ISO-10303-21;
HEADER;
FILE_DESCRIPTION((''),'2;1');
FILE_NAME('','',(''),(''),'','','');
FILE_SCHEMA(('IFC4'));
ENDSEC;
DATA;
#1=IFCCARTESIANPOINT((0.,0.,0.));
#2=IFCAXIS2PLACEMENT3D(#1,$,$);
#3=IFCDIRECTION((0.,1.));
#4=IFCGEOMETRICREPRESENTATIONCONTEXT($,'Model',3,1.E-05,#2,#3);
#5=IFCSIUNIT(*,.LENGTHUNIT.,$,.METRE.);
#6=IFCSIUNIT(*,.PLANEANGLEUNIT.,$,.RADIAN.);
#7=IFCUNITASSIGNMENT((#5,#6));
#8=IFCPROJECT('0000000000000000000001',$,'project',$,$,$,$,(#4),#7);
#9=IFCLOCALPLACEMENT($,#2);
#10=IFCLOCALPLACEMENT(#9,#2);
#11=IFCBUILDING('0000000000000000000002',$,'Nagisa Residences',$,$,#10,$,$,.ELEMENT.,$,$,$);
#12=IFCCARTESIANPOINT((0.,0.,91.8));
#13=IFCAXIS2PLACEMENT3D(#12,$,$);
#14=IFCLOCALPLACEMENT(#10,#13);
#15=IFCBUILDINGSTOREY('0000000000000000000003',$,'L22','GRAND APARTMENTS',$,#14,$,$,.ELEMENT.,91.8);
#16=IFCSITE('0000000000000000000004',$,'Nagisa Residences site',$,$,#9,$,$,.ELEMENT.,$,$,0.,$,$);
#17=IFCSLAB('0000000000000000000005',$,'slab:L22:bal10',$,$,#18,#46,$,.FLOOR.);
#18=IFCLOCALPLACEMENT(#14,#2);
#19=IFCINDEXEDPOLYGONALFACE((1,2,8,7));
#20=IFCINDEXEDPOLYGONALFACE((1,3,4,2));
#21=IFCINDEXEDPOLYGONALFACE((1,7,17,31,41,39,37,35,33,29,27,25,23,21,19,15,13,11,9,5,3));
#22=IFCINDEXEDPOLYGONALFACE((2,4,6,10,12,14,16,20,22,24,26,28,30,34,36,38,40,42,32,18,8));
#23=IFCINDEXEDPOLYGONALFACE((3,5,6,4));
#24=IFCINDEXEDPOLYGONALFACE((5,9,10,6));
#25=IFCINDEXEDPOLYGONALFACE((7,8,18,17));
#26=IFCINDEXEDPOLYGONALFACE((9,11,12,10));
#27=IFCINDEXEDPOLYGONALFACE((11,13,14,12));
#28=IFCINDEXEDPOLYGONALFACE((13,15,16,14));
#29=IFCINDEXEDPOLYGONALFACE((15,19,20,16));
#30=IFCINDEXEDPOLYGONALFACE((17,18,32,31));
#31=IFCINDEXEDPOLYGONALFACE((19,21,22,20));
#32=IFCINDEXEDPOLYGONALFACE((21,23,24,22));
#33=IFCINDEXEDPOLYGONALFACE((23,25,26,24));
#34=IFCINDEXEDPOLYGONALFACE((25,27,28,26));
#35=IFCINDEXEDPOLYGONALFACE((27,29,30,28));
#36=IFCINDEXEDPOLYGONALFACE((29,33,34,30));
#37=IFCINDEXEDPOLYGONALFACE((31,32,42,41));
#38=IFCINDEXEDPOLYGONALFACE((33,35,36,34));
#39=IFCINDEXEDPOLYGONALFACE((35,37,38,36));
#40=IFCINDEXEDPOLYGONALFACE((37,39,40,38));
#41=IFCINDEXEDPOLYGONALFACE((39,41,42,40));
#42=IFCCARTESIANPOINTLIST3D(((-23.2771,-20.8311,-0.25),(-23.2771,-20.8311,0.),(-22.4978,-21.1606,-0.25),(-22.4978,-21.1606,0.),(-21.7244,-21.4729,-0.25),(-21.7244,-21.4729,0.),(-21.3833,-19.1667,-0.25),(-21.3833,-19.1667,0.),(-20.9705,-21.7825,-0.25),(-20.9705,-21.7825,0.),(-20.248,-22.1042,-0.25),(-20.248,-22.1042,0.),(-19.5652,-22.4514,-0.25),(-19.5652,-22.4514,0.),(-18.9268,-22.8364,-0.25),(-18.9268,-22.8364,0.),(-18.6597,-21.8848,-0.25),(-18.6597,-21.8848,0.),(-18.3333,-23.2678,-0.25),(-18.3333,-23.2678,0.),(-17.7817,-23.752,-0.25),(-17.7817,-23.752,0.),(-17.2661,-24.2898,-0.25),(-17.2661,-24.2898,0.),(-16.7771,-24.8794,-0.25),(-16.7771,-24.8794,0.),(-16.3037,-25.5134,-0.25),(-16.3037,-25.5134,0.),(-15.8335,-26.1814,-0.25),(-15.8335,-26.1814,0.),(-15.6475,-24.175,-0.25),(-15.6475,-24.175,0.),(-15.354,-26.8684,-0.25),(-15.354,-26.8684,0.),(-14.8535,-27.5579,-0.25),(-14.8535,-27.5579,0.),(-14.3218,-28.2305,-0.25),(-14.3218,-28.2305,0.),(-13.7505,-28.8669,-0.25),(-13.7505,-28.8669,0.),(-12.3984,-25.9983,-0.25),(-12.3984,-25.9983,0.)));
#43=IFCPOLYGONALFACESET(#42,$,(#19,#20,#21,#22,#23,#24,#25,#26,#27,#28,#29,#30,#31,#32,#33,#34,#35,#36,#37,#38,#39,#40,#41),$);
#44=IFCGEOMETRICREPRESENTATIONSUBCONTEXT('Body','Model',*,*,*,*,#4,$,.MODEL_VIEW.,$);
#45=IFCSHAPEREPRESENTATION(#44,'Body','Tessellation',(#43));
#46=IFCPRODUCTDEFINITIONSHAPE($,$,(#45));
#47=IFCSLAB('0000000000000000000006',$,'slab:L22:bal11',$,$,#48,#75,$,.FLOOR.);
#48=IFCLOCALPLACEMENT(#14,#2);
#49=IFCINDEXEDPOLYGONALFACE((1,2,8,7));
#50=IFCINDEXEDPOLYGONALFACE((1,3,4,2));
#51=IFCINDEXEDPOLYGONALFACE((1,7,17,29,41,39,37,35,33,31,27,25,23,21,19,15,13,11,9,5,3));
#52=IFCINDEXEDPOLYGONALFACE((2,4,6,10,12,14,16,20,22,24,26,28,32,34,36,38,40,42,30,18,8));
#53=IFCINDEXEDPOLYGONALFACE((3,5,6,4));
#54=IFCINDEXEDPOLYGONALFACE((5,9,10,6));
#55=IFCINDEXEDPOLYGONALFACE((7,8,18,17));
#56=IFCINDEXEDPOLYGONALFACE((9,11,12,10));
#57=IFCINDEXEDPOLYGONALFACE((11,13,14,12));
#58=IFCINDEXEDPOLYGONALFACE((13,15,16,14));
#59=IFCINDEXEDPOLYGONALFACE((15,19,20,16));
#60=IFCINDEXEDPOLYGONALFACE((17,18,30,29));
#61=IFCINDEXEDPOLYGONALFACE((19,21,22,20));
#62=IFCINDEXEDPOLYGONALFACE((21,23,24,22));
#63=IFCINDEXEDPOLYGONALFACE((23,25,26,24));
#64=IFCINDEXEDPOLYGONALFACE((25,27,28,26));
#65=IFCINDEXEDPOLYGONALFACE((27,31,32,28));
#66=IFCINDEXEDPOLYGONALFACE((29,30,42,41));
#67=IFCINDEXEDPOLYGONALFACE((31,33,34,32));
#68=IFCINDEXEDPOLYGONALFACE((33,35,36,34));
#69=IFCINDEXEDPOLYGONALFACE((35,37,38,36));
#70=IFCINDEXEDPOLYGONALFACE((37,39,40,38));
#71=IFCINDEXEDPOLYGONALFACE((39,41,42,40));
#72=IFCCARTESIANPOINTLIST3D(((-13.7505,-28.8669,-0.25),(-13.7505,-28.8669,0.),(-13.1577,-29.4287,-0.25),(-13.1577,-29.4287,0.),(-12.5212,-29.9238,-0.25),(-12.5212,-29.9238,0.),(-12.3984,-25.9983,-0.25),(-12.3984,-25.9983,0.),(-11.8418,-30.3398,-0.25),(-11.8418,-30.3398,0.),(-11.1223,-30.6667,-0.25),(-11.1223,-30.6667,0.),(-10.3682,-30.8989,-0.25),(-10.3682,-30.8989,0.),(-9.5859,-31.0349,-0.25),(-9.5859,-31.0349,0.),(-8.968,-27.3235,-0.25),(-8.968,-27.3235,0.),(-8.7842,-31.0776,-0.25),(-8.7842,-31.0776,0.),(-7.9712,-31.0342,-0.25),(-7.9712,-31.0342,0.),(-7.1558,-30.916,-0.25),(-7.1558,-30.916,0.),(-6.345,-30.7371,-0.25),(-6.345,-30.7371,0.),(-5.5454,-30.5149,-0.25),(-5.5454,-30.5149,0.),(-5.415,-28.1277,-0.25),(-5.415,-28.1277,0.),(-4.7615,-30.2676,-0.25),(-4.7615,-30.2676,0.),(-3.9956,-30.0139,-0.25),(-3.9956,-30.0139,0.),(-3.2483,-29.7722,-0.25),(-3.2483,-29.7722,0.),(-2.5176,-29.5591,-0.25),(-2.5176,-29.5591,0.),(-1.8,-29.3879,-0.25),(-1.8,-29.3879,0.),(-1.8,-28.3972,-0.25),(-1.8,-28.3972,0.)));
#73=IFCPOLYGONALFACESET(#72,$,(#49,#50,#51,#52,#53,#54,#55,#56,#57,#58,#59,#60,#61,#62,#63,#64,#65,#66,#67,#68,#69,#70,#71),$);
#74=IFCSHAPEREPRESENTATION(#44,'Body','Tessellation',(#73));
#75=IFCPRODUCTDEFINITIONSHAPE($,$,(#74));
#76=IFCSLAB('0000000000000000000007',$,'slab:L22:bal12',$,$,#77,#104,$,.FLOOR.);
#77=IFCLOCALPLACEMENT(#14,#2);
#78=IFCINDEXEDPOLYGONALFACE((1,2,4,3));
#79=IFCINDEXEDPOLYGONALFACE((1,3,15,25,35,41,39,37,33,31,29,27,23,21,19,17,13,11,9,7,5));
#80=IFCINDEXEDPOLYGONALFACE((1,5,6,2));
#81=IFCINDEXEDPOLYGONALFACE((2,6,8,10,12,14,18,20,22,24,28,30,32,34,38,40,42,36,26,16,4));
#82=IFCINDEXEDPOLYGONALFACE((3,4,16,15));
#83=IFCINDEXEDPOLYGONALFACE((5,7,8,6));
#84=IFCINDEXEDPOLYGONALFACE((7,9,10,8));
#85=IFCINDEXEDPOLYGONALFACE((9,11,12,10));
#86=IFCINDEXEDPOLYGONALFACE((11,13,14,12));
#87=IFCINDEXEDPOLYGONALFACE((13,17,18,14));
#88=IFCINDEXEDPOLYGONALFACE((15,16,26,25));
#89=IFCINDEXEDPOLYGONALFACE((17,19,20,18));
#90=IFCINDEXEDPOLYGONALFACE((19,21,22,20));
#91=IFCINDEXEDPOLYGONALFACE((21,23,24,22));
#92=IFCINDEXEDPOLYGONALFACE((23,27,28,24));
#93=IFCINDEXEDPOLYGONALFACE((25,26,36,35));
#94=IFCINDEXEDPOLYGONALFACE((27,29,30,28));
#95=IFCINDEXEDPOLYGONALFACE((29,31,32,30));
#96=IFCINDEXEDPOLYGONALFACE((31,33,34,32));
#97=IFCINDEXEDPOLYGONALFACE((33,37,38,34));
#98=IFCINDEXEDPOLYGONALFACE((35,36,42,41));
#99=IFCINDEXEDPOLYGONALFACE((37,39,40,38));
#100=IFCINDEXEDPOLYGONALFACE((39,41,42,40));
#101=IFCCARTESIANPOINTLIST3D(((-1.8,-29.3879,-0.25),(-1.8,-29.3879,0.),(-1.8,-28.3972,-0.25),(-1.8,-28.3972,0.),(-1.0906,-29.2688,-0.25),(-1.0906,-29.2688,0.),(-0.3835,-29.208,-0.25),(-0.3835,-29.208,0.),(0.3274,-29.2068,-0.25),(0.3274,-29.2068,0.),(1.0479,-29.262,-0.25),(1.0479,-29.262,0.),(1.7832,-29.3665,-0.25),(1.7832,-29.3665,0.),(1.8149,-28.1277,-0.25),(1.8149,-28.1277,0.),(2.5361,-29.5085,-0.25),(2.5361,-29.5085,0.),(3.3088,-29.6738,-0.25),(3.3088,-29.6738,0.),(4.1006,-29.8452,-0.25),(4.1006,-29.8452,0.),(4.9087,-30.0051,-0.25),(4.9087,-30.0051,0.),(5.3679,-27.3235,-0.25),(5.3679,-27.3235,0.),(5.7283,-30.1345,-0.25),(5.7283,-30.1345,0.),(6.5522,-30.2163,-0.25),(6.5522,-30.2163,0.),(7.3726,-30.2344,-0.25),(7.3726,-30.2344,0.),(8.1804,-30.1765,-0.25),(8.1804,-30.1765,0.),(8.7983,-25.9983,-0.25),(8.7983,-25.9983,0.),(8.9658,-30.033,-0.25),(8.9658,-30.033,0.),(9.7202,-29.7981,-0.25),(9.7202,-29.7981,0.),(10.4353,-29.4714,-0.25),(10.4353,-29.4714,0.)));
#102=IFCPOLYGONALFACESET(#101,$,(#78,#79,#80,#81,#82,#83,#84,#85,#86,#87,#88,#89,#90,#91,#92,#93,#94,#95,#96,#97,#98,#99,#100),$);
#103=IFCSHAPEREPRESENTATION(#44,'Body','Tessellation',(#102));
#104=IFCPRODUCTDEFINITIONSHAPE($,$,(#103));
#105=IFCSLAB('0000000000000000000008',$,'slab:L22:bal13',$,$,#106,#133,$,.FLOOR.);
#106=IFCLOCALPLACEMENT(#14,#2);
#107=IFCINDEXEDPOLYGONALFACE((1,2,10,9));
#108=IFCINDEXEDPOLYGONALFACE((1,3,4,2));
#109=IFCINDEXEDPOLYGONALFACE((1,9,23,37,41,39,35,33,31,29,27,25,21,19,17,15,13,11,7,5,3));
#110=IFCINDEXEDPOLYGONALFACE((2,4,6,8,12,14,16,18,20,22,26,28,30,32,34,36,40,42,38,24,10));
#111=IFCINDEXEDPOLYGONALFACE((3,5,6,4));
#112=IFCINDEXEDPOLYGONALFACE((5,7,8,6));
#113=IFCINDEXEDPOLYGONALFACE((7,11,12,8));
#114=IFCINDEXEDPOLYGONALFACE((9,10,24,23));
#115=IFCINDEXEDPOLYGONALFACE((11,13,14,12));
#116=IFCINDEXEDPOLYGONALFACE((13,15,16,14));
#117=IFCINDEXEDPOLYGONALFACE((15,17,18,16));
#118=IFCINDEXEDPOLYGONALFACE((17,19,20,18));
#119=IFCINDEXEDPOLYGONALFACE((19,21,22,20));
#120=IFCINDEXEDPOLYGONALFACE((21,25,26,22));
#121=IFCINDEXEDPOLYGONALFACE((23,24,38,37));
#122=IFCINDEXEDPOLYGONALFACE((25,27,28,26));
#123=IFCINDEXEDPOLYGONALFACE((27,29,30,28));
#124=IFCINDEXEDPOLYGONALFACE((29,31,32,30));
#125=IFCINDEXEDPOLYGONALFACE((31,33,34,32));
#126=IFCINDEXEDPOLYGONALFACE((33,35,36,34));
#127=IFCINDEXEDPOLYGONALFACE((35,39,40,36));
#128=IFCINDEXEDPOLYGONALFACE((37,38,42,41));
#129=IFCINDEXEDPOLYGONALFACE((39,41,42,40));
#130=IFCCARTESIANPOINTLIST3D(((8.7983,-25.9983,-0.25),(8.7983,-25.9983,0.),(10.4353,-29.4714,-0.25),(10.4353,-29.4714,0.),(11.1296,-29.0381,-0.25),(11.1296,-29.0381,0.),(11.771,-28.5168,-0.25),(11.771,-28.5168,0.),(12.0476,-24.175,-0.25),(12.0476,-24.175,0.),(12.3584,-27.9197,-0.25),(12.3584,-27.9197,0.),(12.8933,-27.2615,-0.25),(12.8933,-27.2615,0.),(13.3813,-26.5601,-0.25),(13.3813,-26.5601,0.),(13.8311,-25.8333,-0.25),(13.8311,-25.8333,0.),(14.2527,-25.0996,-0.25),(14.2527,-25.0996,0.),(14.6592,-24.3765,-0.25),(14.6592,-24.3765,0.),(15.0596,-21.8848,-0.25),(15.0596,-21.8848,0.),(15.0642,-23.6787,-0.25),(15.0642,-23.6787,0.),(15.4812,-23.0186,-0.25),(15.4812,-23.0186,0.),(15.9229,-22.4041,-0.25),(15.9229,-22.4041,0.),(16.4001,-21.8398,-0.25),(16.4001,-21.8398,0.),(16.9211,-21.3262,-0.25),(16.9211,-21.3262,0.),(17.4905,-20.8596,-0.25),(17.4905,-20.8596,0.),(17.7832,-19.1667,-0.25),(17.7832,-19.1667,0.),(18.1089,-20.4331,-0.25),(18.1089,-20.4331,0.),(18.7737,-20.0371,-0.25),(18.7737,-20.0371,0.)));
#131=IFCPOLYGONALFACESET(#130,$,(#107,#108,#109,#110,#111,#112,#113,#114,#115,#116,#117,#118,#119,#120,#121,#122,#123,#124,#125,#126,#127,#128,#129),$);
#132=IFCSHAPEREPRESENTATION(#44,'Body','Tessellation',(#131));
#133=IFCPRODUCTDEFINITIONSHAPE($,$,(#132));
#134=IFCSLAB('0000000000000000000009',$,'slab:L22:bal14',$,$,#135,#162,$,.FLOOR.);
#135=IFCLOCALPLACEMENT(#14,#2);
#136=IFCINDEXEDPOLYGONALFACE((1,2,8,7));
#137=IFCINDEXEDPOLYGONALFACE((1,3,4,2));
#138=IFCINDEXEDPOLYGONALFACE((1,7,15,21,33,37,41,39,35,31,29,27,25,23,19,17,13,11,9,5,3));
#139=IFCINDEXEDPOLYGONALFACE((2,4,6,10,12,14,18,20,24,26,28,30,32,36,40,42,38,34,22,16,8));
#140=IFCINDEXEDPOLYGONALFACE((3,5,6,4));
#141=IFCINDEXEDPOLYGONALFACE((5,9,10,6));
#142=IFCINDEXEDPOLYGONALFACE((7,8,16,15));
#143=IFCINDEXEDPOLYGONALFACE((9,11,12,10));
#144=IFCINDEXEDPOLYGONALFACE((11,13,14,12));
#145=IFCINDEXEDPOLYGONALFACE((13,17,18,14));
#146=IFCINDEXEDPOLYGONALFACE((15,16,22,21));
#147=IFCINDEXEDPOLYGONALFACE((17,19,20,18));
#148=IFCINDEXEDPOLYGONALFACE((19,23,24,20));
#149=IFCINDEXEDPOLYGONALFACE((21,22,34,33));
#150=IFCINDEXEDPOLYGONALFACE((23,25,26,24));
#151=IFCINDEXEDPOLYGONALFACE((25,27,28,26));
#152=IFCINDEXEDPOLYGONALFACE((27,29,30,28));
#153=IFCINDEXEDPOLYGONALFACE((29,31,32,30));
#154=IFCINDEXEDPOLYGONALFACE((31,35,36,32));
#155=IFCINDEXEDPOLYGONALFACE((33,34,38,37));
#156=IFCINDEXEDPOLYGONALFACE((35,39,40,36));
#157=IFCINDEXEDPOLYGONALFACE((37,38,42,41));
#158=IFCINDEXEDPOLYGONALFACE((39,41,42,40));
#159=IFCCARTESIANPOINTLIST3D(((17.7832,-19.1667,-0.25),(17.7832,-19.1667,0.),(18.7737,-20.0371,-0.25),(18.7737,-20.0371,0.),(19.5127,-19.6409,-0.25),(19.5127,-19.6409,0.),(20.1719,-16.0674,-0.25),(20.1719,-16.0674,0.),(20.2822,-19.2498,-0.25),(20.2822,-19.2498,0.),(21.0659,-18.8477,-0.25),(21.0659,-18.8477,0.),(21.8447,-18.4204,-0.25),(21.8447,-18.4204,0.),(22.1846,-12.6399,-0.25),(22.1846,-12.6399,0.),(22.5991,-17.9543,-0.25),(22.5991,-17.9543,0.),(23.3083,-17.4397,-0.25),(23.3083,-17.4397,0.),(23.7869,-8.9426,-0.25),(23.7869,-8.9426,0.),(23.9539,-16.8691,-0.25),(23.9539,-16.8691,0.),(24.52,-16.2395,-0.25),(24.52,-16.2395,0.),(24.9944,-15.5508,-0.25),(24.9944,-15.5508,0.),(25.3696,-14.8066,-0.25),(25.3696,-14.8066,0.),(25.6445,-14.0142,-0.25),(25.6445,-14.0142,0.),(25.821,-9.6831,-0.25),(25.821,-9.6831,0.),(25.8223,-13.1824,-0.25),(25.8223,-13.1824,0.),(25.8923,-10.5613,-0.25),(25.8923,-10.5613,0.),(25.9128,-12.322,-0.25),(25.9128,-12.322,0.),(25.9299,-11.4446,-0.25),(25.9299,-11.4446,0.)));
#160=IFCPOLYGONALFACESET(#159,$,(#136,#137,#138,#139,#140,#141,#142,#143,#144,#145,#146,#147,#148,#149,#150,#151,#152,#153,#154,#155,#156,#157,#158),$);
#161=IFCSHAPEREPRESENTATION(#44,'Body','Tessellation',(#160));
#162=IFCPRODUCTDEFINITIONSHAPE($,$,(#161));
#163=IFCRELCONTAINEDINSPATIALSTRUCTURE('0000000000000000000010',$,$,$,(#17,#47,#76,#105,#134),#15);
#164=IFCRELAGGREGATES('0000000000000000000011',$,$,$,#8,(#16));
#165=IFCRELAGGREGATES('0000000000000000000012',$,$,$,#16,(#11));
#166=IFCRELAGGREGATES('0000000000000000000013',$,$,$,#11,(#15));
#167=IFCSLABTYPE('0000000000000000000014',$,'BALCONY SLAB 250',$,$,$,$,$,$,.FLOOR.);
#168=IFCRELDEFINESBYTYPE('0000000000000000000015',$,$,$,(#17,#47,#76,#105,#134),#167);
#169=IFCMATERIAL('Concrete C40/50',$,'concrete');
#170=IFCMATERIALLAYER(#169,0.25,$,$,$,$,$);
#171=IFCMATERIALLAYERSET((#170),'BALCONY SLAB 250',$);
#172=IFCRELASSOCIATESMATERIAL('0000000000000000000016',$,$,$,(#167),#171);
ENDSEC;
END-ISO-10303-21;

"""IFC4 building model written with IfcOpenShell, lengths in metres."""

from ifc_helpers import new_model, si_unit, direction, frame, origin, place, context, subcontext, project, spatial, polyline, outline, extrude, material, layer, layer_set, type_object, element, save


model = new_model("IFC4")

# Units and contexts
model_context = context("Model", 3, precision=1e-05, world=origin(), true_north=direction((0.0, 1.0)))
body_context = subcontext(model_context, "Body", "Model", "MODEL_VIEW")
ifc_project = project(units=[si_unit("LENGTHUNIT", "METRE"), si_unit("PLANEANGLEUNIT", "RADIAN")], contexts=[model_context])

# Site, building, storey
site_placement = place(None, origin())
site = spatial("IfcSite", under=ifc_project, at=site_placement, Name="Nagisa Residences site", CompositionType="ELEMENT", RefElevation=0.0)
building_placement = place(site_placement, origin())
building = spatial("IfcBuilding", under=site, at=building_placement, Name="Nagisa Residences", CompositionType="ELEMENT")
storey_placement = place(building_placement, frame((0.0, 0.0, 91.8)))
storey = spatial("IfcBuildingStorey", under=building, at=storey_placement, Name="L22", Description="GRAND APARTMENTS", CompositionType="ELEMENT", Elevation=91.8)

# Slabs
ifc_material_1 = material(Name="Concrete C40/50", Category="concrete")
ifc_layer_1 = layer(ifc_material_1, 0.25)
ifc_layer_set_1 = layer_set([ifc_layer_1], Name="BALCONY SLAB 250")
slab_type = type_object("IfcSlabType", Name="BALCONY SLAB 250", PredefinedType="FLOOR", material=ifc_layer_set_1)
slab_1_placement = place(storey_placement, frame((0.0, 0.0, -0.25)))
element("IfcSlab", 1, at=slab_1_placement, inside=storey, type_object=slab_type, Name="slab:L22:bal10", PredefinedType="FLOOR", context=body_context, shape_type="SweptSolid", body=[
    extrude(outline(polyline([(-23.2771, -20.8311), (-22.4978, -21.1606), (-21.7244, -21.4729), (-20.9705, -21.7825), (-20.248, -22.1042), (-19.5652, -22.4514), (-18.9268, -22.8364), (-18.3333, -23.2678), (-17.7817, -23.752), (-17.2661, -24.2898), (-16.7771, -24.8794), (-16.3037, -25.5134), (-15.8335, -26.1814), (-15.354, -26.8684), (-14.8535, -27.5579), (-14.3218, -28.2305), (-13.7505, -28.8669), (-12.3984, -25.9983), (-15.6475, -24.175), (-18.6597, -21.8848), (-21.3833, -19.1667), (-23.2771, -20.8311)])), origin(), (0.0, 0.0, 1.0), 0.25),
])
slab_2_placement = place(storey_placement, frame((0.0, 0.0, -0.25)))
element("IfcSlab", 2, at=slab_2_placement, inside=storey, type_object=slab_type, Name="slab:L22:bal11", PredefinedType="FLOOR", context=body_context, shape_type="SweptSolid", body=[
    extrude(outline(polyline([(-13.7505, -28.8669), (-13.1577, -29.4287), (-12.5212, -29.9238), (-11.8418, -30.3398), (-11.1223, -30.6667), (-10.3682, -30.8989), (-9.5859, -31.0349), (-8.7842, -31.0776), (-7.9712, -31.0342), (-7.1558, -30.916), (-6.345, -30.7371), (-5.5454, -30.5149), (-4.7615, -30.2676), (-3.9956, -30.0139), (-3.2483, -29.7722), (-2.5176, -29.5591), (-1.8, -29.3879), (-1.8, -28.3972), (-5.415, -28.1277), (-8.968, -27.3235), (-12.3984, -25.9983), (-13.7505, -28.8669)])), origin(), (0.0, 0.0, 1.0), 0.25),
])
slab_3_placement = place(storey_placement, frame((0.0, 0.0, -0.25)))
element("IfcSlab", 3, at=slab_3_placement, inside=storey, type_object=slab_type, Name="slab:L22:bal12", PredefinedType="FLOOR", context=body_context, shape_type="SweptSolid", body=[
    extrude(outline(polyline([(-1.8, -29.3879), (-1.0906, -29.2688), (-0.3835, -29.208), (0.3274, -29.2068), (1.0479, -29.262), (1.7832, -29.3665), (2.5361, -29.5085), (3.3088, -29.6738), (4.1006, -29.8452), (4.9087, -30.0051), (5.7283, -30.1345), (6.5522, -30.2163), (7.3726, -30.2344), (8.1804, -30.1765), (8.9658, -30.033), (9.7202, -29.7981), (10.4353, -29.4714), (8.7983, -25.9983), (5.3679, -27.3235), (1.8149, -28.1277), (-1.8, -28.3972), (-1.8, -29.3879)])), origin(), (0.0, 0.0, 1.0), 0.25),
])
slab_4_placement = place(storey_placement, frame((0.0, 0.0, -0.25)))
element("IfcSlab", 4, at=slab_4_placement, inside=storey, type_object=slab_type, Name="slab:L22:bal13", PredefinedType="FLOOR", context=body_context, shape_type="SweptSolid", body=[
    extrude(outline(polyline([(10.4353, -29.4714), (11.1296, -29.0381), (11.771, -28.5168), (12.3584, -27.9197), (12.8933, -27.2615), (13.3813, -26.5601), (13.8311, -25.8333), (14.2527, -25.0996), (14.6592, -24.3765), (15.0642, -23.6787), (15.4812, -23.0186), (15.9229, -22.4041), (16.4001, -21.8398), (16.9211, -21.3262), (17.4905, -20.8596), (18.1089, -20.4331), (18.7737, -20.0371), (17.7832, -19.1667), (15.0596, -21.8848), (12.0476, -24.175), (8.7983, -25.9983), (10.4353, -29.4714)])), origin(), (0.0, 0.0, 1.0), 0.25),
])
slab_5_placement = place(storey_placement, frame((0.0, 0.0, -0.25)))
element("IfcSlab", 5, at=slab_5_placement, inside=storey, type_object=slab_type, Name="slab:L22:bal14", PredefinedType="FLOOR", context=body_context, shape_type="SweptSolid", body=[
    extrude(outline(polyline([(18.7737, -20.0371), (19.5127, -19.6409), (20.2822, -19.2498), (21.0659, -18.8477), (21.8447, -18.4204), (22.5991, -17.9543), (23.3083, -17.4397), (23.9539, -16.8691), (24.52, -16.2395), (24.9944, -15.5508), (25.3696, -14.8066), (25.6445, -14.0142), (25.8223, -13.1824), (25.9128, -12.322), (25.9299, -11.4446), (25.8923, -10.5613), (25.821, -9.6831), (23.7869, -8.9426), (22.1846, -12.6399), (20.1719, -16.0674), (17.7832, -19.1667), (18.7737, -20.0371)])), origin(), (0.0, 0.0, 1.0), 0.25),
])

save(model, "model.ifc")
